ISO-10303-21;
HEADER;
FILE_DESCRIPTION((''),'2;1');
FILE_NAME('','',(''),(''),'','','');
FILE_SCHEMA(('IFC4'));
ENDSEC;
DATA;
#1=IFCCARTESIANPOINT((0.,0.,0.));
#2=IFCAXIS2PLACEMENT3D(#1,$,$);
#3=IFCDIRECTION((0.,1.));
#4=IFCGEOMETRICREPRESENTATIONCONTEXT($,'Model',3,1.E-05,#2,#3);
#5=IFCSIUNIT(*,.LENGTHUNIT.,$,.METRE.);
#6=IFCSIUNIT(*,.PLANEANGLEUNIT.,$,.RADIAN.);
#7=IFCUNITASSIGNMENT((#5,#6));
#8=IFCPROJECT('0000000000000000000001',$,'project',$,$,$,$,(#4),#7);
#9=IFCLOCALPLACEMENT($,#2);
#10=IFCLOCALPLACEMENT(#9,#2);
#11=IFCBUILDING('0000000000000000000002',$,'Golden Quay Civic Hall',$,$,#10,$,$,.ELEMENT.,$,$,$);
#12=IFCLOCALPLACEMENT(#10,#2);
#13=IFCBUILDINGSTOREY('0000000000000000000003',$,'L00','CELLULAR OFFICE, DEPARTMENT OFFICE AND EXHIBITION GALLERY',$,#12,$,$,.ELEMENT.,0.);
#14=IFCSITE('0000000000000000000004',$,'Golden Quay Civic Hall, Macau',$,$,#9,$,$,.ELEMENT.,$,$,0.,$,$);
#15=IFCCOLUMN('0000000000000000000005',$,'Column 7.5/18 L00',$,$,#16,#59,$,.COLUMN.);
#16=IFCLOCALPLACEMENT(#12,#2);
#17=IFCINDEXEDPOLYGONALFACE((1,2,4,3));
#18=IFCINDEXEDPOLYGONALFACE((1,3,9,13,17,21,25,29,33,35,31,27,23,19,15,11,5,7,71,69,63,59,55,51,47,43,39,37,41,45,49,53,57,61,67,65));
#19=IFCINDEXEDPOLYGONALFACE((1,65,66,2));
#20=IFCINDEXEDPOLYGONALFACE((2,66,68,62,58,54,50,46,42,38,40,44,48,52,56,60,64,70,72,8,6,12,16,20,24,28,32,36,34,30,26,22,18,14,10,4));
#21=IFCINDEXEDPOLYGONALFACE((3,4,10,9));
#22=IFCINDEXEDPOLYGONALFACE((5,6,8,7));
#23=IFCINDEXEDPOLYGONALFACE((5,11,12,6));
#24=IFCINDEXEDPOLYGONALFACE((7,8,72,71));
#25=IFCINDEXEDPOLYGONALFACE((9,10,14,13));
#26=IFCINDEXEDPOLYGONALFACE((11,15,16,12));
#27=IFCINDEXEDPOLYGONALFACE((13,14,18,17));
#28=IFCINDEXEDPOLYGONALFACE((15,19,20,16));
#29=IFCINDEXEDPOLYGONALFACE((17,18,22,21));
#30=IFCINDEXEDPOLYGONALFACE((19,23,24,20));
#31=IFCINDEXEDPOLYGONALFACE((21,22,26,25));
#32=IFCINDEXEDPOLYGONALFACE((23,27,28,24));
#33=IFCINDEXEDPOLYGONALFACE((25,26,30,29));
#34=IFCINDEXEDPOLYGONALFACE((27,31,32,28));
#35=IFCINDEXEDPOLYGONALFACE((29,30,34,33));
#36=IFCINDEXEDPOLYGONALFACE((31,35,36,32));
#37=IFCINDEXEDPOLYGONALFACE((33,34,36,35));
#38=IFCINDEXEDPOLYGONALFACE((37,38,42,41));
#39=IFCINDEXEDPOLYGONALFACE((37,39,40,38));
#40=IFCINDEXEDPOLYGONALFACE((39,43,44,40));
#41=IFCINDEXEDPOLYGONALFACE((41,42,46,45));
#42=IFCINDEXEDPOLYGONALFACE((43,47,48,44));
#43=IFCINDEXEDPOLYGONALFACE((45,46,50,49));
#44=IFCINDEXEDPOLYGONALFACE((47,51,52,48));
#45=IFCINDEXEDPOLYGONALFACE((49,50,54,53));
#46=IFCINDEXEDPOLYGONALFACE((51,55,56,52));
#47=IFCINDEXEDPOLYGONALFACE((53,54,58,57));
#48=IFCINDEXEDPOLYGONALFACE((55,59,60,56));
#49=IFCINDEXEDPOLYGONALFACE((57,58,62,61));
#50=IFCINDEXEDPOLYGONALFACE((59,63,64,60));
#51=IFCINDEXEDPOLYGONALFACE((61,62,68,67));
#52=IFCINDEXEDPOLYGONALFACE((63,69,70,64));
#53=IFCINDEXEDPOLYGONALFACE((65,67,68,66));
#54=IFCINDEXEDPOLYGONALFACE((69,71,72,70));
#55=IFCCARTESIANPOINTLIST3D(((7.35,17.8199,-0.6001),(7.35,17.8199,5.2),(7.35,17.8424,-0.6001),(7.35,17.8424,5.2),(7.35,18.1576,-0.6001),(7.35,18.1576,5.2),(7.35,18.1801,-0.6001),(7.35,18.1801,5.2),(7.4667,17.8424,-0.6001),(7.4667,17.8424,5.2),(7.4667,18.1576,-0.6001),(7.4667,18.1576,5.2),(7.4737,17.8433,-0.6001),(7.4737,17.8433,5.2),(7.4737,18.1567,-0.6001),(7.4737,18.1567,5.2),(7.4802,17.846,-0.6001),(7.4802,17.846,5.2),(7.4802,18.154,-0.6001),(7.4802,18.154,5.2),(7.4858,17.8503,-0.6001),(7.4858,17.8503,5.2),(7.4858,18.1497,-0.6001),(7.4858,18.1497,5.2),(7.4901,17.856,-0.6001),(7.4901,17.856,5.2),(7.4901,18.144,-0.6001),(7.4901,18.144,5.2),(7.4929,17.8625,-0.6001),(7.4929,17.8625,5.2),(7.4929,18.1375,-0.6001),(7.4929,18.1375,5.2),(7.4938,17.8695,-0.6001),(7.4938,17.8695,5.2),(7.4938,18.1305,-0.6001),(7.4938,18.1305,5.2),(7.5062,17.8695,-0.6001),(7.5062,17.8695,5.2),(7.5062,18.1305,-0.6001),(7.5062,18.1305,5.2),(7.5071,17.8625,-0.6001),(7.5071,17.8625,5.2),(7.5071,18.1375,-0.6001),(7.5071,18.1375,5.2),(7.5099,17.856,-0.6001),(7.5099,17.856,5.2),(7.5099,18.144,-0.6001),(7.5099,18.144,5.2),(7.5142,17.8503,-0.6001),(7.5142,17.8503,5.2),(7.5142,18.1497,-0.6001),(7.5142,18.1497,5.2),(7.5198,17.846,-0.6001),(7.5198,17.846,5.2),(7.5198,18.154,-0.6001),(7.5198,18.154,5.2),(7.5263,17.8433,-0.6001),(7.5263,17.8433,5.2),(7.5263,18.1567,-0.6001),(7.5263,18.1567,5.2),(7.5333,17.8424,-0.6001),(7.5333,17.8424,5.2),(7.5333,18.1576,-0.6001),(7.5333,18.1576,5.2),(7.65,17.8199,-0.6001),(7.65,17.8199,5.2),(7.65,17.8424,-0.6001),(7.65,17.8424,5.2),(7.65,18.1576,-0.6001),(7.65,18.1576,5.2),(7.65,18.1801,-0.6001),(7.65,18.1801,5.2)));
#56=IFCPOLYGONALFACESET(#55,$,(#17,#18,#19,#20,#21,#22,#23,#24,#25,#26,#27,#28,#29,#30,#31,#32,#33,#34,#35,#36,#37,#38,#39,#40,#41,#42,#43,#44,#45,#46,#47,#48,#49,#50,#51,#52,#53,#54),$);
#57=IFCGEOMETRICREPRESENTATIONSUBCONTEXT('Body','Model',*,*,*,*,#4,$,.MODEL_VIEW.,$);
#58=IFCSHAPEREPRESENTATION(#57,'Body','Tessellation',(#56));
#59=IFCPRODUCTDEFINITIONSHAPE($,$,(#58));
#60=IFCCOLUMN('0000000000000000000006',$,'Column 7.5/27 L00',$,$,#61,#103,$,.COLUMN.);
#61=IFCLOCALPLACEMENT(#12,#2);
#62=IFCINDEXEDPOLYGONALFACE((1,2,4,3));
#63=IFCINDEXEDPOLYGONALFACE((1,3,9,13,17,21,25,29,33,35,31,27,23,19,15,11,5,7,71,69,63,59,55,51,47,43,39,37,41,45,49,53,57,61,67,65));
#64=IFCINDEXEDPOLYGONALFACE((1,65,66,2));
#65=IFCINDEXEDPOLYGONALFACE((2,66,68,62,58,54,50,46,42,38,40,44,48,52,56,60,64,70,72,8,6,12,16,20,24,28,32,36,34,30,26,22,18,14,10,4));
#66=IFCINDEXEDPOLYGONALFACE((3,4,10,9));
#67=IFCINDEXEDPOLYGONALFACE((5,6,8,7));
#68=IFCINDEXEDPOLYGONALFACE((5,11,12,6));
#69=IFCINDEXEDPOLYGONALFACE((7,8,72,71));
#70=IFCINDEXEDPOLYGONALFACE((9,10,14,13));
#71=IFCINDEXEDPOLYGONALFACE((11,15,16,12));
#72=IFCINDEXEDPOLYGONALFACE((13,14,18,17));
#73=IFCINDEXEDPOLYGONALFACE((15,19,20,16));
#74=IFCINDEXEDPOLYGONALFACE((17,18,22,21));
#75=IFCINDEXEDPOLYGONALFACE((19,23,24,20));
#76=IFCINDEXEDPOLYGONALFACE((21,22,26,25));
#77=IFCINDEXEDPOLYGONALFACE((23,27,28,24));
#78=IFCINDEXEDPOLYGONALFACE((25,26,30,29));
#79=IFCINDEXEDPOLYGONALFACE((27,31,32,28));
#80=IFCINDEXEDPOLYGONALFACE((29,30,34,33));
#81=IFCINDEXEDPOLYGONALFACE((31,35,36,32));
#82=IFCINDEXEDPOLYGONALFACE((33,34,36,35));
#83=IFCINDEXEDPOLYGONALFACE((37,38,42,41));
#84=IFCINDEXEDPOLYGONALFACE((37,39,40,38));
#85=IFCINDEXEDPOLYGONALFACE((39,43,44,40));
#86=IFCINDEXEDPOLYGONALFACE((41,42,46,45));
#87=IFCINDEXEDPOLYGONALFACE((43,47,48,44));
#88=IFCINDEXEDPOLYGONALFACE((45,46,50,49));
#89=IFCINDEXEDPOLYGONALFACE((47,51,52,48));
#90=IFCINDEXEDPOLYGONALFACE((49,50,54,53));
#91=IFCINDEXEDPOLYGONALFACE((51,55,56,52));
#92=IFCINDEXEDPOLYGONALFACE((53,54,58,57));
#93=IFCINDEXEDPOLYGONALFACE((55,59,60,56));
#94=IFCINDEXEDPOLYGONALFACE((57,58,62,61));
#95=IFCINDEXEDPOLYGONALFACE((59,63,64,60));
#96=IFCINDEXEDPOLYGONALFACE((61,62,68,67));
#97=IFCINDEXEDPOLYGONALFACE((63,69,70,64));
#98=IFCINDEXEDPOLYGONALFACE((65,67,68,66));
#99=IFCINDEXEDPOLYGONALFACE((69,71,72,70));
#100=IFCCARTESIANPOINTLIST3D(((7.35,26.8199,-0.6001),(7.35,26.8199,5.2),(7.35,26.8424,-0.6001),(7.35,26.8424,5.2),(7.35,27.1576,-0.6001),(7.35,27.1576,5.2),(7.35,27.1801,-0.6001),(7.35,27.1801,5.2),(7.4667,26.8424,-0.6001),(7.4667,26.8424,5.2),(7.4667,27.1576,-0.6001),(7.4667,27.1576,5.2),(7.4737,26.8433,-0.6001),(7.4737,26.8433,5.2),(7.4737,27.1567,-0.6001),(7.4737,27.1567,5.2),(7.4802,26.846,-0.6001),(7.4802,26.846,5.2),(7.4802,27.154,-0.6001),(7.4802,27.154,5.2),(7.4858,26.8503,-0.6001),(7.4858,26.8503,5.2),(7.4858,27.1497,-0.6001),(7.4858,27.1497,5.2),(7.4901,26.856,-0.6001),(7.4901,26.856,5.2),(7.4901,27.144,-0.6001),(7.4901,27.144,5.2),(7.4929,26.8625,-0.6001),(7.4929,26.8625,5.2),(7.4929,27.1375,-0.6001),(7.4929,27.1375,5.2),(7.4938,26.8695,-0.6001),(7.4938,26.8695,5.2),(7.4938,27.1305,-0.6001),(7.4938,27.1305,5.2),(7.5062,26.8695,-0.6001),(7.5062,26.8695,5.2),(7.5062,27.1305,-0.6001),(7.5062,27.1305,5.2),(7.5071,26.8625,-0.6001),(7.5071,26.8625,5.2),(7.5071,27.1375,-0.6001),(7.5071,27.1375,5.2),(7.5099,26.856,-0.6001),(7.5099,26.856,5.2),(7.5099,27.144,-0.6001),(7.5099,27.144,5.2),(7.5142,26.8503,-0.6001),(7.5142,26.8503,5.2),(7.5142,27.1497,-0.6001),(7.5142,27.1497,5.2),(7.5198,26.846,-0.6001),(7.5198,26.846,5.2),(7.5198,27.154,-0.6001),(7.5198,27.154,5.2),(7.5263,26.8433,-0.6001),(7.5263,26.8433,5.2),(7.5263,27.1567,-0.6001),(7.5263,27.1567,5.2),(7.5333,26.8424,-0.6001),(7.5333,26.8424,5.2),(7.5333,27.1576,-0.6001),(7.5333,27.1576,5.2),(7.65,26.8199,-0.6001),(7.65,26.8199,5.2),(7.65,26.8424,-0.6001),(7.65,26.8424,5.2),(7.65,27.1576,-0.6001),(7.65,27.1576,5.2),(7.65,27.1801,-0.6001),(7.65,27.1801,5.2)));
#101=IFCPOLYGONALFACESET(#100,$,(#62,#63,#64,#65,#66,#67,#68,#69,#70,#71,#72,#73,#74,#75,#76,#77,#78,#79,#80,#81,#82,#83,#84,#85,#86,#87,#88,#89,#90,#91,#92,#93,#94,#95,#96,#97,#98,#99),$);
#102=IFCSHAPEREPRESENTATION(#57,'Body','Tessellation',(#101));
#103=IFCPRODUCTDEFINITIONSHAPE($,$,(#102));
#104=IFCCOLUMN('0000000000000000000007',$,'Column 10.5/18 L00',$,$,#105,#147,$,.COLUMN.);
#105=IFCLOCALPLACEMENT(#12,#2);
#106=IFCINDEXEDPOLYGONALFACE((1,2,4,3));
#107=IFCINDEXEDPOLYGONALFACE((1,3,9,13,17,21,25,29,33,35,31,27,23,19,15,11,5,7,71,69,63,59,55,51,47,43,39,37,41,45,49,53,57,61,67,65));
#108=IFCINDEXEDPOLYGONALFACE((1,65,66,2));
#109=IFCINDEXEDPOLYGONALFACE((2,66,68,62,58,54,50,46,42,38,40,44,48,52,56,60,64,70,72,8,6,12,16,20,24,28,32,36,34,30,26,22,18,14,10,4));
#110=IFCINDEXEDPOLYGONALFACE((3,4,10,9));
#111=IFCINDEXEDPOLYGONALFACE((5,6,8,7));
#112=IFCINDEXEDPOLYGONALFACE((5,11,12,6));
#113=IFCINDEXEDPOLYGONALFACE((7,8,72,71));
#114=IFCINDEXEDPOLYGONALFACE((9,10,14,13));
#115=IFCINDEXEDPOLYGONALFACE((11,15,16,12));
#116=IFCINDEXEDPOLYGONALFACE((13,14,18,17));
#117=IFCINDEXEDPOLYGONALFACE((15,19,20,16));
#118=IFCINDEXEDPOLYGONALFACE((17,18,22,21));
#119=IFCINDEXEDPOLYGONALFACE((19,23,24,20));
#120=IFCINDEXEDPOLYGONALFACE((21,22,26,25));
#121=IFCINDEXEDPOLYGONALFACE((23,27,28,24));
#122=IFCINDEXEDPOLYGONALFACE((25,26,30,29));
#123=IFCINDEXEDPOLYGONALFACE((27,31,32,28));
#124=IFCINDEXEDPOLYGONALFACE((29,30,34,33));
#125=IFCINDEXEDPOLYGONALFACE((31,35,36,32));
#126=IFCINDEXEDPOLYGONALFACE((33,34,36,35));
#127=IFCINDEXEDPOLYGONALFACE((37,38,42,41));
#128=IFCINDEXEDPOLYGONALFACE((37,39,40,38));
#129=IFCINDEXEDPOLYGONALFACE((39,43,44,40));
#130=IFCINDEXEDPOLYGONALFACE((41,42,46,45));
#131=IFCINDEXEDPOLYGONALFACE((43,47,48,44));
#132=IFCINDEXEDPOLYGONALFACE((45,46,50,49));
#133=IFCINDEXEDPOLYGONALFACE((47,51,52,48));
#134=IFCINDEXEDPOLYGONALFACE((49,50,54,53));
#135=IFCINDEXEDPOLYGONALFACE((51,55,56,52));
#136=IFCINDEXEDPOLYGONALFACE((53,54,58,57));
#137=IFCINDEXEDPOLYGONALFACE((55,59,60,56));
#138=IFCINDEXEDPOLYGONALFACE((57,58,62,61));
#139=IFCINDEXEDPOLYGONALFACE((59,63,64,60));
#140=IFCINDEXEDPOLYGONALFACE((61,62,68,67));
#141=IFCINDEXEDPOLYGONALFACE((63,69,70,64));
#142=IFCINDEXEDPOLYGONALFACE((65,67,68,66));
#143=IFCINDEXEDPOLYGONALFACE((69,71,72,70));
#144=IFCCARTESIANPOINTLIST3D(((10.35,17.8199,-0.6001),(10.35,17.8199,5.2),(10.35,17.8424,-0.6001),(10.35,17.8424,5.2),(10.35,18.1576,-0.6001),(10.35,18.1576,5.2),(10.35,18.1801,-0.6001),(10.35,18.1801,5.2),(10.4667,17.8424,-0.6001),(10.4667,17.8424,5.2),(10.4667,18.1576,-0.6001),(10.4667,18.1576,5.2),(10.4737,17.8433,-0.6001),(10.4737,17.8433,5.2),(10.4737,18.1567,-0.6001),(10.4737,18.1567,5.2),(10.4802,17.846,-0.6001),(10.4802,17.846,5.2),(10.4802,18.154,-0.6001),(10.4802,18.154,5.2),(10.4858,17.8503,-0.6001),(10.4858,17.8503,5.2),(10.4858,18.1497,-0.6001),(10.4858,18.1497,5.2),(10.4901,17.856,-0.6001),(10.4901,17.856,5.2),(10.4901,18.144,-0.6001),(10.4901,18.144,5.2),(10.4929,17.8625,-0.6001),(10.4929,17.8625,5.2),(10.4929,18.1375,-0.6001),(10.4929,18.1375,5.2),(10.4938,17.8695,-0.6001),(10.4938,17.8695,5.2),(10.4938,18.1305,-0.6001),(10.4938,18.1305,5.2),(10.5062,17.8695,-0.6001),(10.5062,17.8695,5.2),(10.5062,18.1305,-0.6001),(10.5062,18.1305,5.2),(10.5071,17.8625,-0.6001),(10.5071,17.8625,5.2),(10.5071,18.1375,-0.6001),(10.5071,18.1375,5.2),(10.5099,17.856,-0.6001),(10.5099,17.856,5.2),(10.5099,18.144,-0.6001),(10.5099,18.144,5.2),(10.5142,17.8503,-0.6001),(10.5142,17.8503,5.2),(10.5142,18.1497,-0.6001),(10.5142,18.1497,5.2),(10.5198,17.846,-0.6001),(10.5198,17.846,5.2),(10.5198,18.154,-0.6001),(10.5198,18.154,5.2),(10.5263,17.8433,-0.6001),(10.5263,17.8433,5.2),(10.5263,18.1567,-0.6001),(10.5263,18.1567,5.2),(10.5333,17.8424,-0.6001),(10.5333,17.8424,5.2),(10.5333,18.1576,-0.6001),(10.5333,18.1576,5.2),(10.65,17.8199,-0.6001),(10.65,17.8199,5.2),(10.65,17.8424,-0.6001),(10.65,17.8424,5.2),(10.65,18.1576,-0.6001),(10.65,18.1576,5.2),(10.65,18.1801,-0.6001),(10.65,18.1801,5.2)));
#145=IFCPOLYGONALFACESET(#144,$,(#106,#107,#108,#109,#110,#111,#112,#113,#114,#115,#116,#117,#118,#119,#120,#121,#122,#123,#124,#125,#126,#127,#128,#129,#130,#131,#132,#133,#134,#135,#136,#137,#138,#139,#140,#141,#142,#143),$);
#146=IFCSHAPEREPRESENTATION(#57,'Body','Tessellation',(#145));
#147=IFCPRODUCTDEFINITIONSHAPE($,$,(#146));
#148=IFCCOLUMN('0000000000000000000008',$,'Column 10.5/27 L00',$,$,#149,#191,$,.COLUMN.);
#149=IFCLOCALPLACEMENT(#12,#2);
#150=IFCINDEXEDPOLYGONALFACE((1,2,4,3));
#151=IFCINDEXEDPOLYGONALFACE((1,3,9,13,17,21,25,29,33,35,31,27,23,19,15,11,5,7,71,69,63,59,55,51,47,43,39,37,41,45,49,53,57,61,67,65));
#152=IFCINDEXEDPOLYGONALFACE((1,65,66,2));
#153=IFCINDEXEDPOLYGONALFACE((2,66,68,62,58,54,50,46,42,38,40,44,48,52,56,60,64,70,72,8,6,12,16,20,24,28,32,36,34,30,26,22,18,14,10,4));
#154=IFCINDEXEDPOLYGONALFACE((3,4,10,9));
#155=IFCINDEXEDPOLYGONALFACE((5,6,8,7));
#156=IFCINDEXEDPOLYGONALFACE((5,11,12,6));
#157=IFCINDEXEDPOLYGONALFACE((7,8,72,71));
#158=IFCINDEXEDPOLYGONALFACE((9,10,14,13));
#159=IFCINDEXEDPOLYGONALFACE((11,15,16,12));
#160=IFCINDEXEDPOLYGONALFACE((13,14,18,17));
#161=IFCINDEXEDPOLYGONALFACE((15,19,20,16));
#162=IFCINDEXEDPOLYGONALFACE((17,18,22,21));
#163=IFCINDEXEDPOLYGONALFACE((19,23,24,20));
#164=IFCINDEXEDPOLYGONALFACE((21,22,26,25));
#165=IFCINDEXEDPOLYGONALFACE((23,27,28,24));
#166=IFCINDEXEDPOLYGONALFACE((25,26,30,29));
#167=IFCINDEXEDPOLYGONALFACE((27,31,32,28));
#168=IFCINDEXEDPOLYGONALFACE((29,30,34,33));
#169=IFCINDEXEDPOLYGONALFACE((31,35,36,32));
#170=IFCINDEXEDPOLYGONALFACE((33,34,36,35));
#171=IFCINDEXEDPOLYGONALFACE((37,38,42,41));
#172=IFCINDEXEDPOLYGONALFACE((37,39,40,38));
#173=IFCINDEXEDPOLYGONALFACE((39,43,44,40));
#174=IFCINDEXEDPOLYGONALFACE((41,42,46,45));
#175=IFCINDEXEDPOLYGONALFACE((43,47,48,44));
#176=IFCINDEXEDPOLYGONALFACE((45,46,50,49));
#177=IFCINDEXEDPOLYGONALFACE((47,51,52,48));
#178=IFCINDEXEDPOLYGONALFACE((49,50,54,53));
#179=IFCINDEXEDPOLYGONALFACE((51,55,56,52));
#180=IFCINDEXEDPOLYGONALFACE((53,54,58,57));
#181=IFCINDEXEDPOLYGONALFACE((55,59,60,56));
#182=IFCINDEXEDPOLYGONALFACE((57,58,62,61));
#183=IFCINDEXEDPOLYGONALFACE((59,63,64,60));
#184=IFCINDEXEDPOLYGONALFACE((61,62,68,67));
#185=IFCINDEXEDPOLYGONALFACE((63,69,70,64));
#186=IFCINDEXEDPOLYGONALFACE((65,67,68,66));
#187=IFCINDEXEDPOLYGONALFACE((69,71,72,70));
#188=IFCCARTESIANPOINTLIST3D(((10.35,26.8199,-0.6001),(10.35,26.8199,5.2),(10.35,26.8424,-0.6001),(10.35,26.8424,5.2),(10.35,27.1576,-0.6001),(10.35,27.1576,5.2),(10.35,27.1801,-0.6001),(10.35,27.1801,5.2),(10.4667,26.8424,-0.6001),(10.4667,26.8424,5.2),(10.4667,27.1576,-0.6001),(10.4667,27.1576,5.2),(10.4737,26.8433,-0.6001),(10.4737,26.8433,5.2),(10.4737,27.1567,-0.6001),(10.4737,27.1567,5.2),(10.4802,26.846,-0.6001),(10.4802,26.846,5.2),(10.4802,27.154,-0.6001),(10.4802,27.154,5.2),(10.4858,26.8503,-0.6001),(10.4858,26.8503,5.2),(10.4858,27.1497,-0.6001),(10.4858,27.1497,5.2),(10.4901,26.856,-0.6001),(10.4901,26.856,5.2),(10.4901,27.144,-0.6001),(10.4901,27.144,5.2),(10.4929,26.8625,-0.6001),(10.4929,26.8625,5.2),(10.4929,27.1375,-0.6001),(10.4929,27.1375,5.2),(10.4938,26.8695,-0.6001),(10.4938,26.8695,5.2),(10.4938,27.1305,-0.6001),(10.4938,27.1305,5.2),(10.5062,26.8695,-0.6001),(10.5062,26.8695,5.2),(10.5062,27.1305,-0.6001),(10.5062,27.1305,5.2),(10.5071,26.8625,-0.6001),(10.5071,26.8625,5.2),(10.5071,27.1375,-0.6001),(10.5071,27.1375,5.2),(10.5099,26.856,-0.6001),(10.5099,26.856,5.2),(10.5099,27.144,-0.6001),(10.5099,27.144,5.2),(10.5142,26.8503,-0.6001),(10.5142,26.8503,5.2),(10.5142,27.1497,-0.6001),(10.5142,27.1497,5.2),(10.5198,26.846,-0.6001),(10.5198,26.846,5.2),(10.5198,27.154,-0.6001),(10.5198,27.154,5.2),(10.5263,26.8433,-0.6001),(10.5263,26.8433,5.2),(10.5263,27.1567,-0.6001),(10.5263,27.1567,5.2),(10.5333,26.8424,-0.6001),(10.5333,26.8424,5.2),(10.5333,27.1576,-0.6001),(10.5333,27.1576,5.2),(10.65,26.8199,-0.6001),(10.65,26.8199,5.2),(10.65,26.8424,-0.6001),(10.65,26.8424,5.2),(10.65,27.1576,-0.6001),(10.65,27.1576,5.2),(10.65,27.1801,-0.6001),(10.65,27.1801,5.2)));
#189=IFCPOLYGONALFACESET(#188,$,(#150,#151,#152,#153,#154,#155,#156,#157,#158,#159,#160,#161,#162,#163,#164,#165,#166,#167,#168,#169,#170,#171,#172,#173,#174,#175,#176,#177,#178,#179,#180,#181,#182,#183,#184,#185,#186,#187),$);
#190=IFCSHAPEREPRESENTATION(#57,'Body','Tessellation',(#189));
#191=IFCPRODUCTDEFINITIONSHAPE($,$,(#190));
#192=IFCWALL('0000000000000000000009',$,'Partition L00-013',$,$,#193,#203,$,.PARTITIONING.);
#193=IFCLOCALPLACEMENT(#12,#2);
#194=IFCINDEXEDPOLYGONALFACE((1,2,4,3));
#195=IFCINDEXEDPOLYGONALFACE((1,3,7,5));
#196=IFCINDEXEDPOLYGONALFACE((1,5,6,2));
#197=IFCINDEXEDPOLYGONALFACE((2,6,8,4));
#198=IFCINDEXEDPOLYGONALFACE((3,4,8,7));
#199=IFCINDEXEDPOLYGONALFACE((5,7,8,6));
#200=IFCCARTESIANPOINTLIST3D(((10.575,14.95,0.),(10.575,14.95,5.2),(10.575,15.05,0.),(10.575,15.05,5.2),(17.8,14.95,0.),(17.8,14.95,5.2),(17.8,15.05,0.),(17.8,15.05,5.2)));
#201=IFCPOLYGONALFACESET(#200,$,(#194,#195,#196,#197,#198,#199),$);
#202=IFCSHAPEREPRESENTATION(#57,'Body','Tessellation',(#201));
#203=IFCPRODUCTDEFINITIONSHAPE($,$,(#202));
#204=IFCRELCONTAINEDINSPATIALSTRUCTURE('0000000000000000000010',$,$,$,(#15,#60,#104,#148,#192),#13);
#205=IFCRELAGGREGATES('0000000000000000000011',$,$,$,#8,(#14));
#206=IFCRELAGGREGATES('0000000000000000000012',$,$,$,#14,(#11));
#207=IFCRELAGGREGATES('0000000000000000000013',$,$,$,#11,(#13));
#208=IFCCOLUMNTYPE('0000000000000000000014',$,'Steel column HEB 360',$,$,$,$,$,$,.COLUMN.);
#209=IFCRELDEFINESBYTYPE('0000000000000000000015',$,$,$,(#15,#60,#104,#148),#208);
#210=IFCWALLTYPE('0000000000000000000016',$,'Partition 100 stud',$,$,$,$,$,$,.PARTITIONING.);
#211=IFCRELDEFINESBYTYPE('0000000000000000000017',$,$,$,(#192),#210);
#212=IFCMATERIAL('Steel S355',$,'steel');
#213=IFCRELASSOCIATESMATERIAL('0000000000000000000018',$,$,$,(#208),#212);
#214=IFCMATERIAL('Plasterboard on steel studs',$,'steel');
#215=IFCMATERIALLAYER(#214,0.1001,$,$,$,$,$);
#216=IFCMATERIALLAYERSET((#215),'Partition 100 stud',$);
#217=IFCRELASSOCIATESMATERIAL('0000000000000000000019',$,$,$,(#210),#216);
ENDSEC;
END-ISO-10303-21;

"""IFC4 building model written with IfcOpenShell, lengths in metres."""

from ifc_helpers import new_model, si_unit, direction, frame, frame_2d, origin, origin_2d, place, context, subcontext, project, spatial, rectangle, i_section, extrude, material, layer, layer_set, material_profile, profile_set, type_object, element, save


model = new_model("IFC4")

# Units and contexts
model_context = context("Model", 3, precision=1e-05, world=origin(), true_north=direction((0.0, 1.0)))
body_context = subcontext(model_context, "Body", "Model", "MODEL_VIEW")
ifc_project = project(units=[si_unit("LENGTHUNIT", "METRE"), si_unit("PLANEANGLEUNIT", "RADIAN")], contexts=[model_context])

# Site, building, storey
site_placement = place(None, origin())
site = spatial("IfcSite", under=ifc_project, at=site_placement, Name="Golden Quay Civic Hall, Macau", CompositionType="ELEMENT", RefElevation=0.0)
building_placement = place(site_placement, origin())
building = spatial("IfcBuilding", under=site, at=building_placement, Name="Golden Quay Civic Hall", CompositionType="ELEMENT")
storey_placement = place(building_placement, origin())
storey = spatial("IfcBuildingStorey", under=building, at=storey_placement, Name="L00", Description="CELLULAR OFFICE, DEPARTMENT OFFICE AND EXHIBITION GALLERY", CompositionType="ELEMENT", Elevation=0.0)

# Columns
ifc_material_1 = material(Name="Steel S355", Category="steel")
ifc_material_profile_1 = material_profile(ifc_material_1, i_section(OverallWidth=0.3, OverallDepth=0.3601, WebThickness=0.0125, FlangeThickness=0.0225, FilletRadius=0.0271, at=origin_2d()), Name="HEB 360")
ifc_profile_set_1 = profile_set([ifc_material_profile_1], Name="Steel S355")
column_type = type_object("IfcColumnType", Name="Steel column HEB 360", PredefinedType="COLUMN", material=ifc_profile_set_1)
for number, where, z_axis, x_axis, name in (
    (1, (7.5, 18.0, -0.6001), (0.0, 0.0, 1.0), (1.0, 0.0, 0.0), "Column 7.5/18 L00"),
    (2, (7.5, 27.0, -0.6001), (0.0, 0.0, 1.0), (1.0, 0.0, 0.0), "Column 7.5/27 L00"),
    (3, (10.5, 18.0, -0.6001), (0.0, 0.0, 1.0), (1.0, 0.0, 0.0), "Column 10.5/18 L00"),
    (4, (10.5, 27.0, -0.6001), (0.0, 0.0, 1.0), (1.0, 0.0, 0.0), "Column 10.5/27 L00"),
):
    element("IfcColumn", number, at=place(storey_placement, frame(where, z_axis=z_axis, x_axis=x_axis)), inside=storey, type_object=column_type, Name=name, PredefinedType="COLUMN", context=body_context, shape_type="SweptSolid", body=[
        extrude(i_section(OverallWidth=0.3, OverallDepth=0.3601, WebThickness=0.0125, FlangeThickness=0.0225, FilletRadius=0.0271, at=origin_2d()), origin(), (0.0, 0.0, 1.0), 5.8),
    ])

# Wall
ifc_material_2 = material(Name="Plasterboard on steel studs", Category="steel")
ifc_layer = layer(ifc_material_2, 0.1001)
ifc_layer_set = layer_set([ifc_layer], Name="Partition 100 stud")
wall_type = type_object("IfcWallType", Name="Partition 100 stud", PredefinedType="PARTITIONING", material=ifc_layer_set)
for number, where, z_axis, x_axis, name in (
    (5, (10.575, 15.0, 0.0), (0.0, 0.0, 1.0), (1.0, 0.0, 0.0), "Partition L00-013"),
):
    element("IfcWall", number, at=place(storey_placement, frame(where, z_axis=z_axis, x_axis=x_axis)), inside=storey, type_object=wall_type, Name=name, PredefinedType="PARTITIONING", context=body_context, shape_type="SweptSolid", body=[
        extrude(rectangle(XDim=7.2251, YDim=0.1001, at=frame_2d((3.6125, 0.0))), origin(), (0.0, 0.0, 1.0), 5.2),
    ])

save(model, "model.ifc")
